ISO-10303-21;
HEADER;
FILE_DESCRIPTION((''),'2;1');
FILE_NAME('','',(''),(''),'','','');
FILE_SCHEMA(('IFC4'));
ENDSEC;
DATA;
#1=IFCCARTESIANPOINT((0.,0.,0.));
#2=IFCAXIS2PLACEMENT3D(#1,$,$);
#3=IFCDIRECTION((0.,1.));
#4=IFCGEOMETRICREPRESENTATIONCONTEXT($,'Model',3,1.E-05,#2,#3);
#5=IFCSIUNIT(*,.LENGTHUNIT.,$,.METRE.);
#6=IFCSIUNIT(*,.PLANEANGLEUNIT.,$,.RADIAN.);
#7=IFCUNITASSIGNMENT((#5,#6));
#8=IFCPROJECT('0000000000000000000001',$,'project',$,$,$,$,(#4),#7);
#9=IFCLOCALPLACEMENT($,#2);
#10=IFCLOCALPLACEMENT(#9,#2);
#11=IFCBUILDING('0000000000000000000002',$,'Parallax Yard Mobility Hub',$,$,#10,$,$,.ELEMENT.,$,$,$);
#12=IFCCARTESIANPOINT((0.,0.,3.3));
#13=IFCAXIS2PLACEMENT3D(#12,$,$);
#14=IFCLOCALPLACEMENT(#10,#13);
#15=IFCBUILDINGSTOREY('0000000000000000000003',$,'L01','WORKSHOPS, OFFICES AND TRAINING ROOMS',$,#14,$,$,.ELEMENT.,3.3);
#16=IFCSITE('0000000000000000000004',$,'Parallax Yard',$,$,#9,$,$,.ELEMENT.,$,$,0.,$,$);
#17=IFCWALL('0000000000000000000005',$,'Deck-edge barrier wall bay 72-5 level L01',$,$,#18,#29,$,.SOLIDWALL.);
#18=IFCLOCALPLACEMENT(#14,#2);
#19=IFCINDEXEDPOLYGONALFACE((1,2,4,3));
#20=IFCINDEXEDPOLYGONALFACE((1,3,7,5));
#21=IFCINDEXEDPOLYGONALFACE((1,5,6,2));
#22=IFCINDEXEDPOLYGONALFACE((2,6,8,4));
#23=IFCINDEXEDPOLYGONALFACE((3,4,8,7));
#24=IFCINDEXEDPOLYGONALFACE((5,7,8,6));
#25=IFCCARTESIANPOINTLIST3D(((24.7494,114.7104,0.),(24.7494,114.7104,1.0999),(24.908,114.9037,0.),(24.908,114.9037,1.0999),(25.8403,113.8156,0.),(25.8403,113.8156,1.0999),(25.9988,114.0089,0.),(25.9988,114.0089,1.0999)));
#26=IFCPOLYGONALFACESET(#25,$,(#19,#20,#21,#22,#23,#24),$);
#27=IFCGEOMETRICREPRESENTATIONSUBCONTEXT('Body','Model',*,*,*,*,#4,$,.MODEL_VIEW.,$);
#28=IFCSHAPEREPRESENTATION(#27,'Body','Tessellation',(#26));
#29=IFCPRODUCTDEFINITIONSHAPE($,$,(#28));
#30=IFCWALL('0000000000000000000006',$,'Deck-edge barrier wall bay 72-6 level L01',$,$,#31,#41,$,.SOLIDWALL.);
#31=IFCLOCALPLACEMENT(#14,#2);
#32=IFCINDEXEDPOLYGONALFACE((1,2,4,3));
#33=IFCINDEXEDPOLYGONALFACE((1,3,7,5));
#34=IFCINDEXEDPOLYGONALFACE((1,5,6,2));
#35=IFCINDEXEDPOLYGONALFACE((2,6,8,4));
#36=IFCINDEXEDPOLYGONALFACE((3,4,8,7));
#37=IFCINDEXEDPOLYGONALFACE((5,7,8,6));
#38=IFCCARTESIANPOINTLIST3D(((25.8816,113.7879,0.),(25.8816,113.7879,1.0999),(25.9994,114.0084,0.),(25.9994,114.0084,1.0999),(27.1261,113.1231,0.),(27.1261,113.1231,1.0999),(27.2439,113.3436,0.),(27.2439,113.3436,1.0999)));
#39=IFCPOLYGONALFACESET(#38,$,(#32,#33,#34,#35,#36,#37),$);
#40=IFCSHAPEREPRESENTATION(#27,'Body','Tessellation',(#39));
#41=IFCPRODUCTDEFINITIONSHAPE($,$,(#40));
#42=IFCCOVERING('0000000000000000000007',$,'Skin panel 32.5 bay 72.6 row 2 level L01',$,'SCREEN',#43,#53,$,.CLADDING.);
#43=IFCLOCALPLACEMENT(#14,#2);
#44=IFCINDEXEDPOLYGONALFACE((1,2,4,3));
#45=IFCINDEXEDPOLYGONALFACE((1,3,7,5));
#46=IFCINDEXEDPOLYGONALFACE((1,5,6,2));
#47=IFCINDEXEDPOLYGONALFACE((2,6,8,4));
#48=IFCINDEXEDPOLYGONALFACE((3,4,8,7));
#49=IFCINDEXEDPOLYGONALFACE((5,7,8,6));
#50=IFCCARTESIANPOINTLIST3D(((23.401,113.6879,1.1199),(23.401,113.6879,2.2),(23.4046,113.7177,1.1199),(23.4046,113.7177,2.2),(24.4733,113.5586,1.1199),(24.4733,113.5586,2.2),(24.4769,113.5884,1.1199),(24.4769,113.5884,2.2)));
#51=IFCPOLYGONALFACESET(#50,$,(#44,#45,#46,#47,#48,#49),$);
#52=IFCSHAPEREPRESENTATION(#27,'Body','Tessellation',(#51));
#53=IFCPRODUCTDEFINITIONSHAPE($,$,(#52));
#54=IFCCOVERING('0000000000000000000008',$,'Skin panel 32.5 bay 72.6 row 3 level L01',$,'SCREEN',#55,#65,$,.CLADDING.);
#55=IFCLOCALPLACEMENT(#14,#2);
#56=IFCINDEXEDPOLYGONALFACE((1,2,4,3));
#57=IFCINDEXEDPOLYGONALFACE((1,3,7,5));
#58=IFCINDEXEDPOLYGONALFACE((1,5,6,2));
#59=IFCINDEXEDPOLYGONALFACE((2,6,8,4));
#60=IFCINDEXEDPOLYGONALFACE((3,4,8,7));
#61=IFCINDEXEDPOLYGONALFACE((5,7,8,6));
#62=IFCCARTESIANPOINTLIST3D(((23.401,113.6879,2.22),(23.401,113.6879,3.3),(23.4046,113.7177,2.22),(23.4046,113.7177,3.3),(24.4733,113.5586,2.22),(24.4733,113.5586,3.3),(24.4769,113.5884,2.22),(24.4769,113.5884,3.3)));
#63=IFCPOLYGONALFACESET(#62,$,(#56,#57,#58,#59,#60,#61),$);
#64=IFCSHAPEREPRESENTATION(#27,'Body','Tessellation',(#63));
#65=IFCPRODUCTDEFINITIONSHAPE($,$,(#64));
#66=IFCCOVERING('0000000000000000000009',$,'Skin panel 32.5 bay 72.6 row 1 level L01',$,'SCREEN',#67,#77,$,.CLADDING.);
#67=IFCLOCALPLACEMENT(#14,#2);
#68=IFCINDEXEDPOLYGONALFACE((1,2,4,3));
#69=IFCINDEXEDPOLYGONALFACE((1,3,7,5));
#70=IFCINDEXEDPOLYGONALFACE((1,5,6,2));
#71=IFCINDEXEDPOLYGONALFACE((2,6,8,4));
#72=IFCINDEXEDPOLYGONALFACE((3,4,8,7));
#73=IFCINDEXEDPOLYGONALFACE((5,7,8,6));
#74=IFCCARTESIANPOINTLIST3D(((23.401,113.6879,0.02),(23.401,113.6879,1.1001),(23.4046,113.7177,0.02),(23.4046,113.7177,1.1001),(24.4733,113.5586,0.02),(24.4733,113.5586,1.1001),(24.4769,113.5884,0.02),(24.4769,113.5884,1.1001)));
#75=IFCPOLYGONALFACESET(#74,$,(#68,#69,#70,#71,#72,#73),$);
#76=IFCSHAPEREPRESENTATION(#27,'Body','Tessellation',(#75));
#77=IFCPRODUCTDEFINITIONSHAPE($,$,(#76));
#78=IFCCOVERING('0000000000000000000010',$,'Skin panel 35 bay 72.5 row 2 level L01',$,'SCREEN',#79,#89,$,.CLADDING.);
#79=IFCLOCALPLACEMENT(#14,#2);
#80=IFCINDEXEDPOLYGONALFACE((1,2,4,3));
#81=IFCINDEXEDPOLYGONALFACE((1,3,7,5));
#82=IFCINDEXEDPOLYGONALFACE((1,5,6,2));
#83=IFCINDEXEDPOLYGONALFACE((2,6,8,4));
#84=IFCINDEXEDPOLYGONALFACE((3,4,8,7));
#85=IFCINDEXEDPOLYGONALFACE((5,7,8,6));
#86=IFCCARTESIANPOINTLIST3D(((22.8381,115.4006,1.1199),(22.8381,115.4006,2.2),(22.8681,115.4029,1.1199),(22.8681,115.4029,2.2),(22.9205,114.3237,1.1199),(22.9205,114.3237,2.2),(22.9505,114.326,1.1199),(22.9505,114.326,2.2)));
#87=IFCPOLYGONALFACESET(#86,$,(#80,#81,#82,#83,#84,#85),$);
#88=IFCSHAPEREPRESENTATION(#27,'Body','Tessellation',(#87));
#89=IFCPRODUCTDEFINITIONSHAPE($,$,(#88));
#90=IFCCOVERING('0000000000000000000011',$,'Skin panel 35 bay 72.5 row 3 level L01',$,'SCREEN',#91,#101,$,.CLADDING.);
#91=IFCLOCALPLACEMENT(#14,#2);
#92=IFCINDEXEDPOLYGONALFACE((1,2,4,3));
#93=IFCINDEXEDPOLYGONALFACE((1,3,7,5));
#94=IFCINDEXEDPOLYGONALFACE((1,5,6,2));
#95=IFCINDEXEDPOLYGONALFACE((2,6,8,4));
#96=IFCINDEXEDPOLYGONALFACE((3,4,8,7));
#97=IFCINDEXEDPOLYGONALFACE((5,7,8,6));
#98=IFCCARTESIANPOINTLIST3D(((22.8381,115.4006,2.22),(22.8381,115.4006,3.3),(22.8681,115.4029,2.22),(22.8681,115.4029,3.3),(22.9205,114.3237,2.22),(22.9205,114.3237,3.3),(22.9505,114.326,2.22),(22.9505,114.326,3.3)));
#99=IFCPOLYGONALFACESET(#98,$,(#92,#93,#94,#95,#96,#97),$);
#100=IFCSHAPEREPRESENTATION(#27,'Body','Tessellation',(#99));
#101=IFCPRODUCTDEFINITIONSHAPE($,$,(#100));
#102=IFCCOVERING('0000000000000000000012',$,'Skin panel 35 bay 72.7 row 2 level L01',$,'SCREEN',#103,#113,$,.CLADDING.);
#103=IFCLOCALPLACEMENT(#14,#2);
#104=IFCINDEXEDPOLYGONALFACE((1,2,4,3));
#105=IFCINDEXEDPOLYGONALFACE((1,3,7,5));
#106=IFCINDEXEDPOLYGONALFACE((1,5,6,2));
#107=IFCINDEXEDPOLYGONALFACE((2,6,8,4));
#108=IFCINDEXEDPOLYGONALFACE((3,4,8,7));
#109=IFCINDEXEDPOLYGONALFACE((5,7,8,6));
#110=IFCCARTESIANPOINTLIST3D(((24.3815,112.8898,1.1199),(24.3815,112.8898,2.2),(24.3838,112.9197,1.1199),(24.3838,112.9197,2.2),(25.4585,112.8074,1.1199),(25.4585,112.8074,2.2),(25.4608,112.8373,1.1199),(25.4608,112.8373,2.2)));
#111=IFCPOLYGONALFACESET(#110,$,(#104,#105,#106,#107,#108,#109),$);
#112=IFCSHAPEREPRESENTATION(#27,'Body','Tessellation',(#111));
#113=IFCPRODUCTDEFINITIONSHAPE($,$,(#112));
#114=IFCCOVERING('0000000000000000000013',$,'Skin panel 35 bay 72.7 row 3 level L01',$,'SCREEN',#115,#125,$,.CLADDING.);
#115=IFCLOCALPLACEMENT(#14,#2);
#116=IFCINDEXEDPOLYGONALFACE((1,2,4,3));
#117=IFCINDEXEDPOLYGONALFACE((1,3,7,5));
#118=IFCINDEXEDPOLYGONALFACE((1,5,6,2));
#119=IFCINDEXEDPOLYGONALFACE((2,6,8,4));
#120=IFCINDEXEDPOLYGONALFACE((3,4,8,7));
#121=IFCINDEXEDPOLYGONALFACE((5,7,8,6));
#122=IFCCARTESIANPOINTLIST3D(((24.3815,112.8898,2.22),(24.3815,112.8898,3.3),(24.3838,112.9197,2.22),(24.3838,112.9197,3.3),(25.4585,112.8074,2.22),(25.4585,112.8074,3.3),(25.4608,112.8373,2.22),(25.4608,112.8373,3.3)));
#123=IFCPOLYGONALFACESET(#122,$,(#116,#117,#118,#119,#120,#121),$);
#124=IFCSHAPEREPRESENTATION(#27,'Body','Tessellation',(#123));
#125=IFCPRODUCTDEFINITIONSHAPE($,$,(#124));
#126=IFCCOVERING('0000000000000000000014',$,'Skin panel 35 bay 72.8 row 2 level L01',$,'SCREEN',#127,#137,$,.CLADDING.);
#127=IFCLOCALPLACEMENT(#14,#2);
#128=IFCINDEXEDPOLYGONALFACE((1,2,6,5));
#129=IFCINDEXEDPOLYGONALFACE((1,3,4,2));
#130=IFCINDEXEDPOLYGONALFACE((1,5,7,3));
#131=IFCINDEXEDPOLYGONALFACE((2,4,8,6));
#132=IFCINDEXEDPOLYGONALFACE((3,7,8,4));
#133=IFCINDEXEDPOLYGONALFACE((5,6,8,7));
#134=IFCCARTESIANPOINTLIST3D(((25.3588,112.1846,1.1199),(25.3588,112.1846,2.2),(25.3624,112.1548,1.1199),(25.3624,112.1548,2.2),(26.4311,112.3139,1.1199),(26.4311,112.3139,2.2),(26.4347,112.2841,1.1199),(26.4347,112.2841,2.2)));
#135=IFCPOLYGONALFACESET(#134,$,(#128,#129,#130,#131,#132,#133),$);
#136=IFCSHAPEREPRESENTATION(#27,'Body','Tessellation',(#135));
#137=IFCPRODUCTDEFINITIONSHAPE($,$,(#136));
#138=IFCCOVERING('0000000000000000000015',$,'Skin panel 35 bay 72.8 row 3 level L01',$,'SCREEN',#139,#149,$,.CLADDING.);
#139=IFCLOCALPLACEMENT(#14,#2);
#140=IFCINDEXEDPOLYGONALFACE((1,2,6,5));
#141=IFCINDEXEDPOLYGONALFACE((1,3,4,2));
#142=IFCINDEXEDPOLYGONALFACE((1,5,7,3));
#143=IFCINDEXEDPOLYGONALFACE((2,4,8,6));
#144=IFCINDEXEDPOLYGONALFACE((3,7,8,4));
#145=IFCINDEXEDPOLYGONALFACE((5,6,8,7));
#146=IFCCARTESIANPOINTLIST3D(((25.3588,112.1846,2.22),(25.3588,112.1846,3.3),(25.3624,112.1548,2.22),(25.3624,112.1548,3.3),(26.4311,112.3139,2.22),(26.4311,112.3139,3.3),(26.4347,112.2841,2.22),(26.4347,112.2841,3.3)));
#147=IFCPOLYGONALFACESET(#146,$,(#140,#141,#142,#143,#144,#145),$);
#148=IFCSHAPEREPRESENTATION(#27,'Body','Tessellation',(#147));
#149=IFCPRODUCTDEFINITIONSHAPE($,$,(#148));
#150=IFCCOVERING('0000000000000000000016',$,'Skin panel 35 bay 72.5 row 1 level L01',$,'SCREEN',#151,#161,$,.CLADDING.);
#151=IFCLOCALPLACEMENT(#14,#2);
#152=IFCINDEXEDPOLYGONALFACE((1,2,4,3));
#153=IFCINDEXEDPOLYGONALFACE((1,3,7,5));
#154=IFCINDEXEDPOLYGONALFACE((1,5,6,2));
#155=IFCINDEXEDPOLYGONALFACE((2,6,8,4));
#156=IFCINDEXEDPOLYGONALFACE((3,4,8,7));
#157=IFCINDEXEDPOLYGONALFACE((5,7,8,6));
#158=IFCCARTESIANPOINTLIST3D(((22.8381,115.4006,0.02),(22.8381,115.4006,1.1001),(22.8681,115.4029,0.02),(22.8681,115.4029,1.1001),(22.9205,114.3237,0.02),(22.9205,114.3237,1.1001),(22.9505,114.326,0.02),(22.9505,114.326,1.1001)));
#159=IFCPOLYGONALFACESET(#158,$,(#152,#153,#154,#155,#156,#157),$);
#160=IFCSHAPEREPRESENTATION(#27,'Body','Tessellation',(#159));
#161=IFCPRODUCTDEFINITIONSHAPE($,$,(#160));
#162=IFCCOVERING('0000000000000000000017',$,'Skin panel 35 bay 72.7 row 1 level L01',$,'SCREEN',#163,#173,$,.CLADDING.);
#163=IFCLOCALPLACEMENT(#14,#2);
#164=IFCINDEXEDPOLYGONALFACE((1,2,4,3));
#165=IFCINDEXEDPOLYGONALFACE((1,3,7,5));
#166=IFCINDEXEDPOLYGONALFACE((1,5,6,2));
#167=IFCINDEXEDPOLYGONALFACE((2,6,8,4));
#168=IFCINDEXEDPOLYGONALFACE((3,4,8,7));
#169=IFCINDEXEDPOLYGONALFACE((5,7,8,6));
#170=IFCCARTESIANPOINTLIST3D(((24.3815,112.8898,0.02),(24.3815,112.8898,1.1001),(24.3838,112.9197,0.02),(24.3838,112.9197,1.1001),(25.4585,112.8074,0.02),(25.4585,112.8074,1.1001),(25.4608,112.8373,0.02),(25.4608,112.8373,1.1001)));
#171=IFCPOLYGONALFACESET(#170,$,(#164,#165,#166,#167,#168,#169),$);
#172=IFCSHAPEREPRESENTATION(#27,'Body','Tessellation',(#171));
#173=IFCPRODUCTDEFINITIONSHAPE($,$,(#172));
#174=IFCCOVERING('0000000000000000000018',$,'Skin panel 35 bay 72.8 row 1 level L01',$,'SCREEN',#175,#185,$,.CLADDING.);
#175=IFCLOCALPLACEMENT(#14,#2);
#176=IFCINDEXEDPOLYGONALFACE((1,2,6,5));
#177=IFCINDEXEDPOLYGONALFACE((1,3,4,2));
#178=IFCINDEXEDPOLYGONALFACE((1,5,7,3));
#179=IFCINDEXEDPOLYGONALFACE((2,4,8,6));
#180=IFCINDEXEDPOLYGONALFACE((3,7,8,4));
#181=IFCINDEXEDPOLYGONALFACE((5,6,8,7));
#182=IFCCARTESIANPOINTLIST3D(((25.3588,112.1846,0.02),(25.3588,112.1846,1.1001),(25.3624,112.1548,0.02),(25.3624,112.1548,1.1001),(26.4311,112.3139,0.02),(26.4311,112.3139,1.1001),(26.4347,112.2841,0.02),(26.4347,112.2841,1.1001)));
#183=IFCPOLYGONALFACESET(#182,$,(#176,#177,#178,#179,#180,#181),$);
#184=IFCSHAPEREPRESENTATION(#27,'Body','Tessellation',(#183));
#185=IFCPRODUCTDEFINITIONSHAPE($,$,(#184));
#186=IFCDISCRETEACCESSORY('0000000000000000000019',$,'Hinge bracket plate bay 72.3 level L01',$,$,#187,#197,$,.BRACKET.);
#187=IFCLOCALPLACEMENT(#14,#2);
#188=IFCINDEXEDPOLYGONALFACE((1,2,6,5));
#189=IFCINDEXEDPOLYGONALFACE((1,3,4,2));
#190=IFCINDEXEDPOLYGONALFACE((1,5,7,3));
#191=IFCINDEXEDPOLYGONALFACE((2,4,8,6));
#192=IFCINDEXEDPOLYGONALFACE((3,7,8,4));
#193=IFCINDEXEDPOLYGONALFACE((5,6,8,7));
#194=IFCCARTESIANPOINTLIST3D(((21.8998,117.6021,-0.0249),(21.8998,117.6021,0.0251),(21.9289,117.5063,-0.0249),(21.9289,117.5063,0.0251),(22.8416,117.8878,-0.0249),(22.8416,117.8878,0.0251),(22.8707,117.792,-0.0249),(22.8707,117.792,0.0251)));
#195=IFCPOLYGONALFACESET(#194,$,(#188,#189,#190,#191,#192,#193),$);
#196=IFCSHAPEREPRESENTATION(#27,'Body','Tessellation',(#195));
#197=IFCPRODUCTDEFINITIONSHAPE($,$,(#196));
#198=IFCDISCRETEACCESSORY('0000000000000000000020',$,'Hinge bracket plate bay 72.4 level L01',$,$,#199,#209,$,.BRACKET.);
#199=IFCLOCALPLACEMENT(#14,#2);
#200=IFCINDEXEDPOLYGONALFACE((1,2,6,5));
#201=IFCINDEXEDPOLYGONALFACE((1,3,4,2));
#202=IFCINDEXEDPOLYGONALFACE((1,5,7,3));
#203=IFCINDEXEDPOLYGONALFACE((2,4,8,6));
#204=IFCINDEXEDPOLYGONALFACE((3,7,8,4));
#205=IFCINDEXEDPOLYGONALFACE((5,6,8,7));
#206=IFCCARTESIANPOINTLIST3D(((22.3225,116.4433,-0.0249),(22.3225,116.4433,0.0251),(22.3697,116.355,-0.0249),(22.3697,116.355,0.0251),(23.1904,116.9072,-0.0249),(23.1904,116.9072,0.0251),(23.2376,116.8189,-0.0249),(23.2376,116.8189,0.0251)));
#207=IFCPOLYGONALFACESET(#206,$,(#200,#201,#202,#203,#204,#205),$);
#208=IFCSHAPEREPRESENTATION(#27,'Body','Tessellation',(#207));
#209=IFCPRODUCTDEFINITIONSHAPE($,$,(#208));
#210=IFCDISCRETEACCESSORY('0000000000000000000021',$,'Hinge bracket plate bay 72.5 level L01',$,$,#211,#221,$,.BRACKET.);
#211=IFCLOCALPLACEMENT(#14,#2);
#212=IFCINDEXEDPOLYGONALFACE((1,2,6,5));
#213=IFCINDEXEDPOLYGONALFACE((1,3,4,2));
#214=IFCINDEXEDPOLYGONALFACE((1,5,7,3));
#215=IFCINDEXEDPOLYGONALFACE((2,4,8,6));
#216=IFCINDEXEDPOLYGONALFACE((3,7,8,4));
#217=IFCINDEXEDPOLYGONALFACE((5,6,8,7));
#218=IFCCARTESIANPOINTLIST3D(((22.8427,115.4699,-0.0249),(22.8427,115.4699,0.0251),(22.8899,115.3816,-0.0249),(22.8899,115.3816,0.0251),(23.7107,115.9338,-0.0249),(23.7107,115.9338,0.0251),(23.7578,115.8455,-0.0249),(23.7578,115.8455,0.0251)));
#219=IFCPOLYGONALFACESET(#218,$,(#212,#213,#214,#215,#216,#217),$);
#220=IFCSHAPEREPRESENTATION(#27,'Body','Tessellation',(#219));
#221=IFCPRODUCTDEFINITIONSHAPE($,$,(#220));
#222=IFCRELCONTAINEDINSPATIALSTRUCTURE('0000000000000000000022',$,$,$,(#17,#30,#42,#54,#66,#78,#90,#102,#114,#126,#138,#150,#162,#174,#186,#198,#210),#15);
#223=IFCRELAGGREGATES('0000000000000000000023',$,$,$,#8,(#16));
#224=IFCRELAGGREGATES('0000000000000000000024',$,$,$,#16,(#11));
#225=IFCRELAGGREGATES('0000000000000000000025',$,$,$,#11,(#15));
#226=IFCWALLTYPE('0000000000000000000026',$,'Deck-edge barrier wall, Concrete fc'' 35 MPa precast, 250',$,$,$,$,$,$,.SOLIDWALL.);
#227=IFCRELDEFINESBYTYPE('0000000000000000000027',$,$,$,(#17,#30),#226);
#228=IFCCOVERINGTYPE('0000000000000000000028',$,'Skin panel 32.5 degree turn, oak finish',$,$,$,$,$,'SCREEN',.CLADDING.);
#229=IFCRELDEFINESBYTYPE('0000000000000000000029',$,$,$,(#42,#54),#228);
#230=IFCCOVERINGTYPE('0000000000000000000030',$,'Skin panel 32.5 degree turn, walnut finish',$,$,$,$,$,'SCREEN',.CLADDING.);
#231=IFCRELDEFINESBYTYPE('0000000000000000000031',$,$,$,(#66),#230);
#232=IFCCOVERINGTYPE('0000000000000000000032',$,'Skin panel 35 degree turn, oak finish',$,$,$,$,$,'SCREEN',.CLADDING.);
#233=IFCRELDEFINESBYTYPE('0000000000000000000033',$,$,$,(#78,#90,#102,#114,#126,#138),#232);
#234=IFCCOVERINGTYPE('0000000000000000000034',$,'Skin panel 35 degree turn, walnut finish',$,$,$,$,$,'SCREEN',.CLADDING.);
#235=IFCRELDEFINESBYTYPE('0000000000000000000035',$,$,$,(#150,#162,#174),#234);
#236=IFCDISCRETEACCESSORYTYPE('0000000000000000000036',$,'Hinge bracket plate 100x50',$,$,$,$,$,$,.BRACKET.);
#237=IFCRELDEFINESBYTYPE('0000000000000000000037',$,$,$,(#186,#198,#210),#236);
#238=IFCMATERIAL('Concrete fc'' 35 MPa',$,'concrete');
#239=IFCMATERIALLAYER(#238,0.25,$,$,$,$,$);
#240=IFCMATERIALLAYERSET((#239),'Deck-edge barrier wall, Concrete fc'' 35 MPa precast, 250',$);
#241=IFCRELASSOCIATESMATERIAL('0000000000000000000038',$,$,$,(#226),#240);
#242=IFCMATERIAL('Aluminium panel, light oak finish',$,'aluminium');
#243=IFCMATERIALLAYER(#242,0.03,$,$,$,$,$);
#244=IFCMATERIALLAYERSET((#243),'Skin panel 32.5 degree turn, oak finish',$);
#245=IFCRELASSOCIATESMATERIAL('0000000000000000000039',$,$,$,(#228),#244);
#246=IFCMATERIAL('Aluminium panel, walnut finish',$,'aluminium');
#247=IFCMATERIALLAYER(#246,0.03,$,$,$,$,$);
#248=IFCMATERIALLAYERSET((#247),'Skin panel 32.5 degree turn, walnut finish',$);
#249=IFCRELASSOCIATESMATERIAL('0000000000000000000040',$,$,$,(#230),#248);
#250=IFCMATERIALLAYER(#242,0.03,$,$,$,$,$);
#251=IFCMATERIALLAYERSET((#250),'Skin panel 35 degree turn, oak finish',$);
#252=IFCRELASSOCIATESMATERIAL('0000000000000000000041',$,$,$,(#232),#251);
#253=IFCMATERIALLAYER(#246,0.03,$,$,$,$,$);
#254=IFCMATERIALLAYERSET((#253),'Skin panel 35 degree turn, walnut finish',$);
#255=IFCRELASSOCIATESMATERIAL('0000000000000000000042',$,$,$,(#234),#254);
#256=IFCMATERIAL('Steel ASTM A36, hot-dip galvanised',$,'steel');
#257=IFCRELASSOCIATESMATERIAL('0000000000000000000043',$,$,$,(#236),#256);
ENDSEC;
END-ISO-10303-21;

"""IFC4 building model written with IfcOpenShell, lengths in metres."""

from ifc_helpers import new_model, si_unit, direction, frame, frame_2d, origin, origin_2d, place, context, subcontext, project, spatial, rectangle, extrude, material, layer, layer_set, type_object, element, save


model = new_model("IFC4")

# Units and contexts
model_context = context("Model", 3, precision=1e-05, world=origin(), true_north=direction((0.0, 1.0)))
body_context = subcontext(model_context, "Body", "Model", "MODEL_VIEW")
ifc_project = project(units=[si_unit("LENGTHUNIT", "METRE"), si_unit("PLANEANGLEUNIT", "RADIAN")], contexts=[model_context])

# Site, building, storey
site_placement = place(None, origin())
site = spatial("IfcSite", under=ifc_project, at=site_placement, Name="Parallax Yard", CompositionType="ELEMENT", RefElevation=0.0)
building_placement = place(site_placement, origin())
building = spatial("IfcBuilding", under=site, at=building_placement, Name="Parallax Yard Mobility Hub", CompositionType="ELEMENT")
storey_placement = place(building_placement, frame((0.0, 0.0, 3.3)))
storey = spatial("IfcBuildingStorey", under=building, at=storey_placement, Name="L01", Description="WORKSHOPS, OFFICES AND TRAINING ROOMS", CompositionType="ELEMENT", Elevation=3.3)

# Walls
ifc_material_1 = material(Name="Concrete fc' 35 MPa", Category="concrete")
ifc_layer_1 = layer(ifc_material_1, 0.25)
ifc_layer_set_1 = layer_set([ifc_layer_1], Name="Deck-edge barrier wall, Concrete fc' 35 MPa precast, 250")
wall_type = type_object("IfcWallType", Name="Deck-edge barrier wall, Concrete fc' 35 MPa precast, 250", PredefinedType="SOLIDWALL", material=ifc_layer_set_1)
for number, where, z_axis, x_axis, name in (
    (1, (24.8286, 114.8071, 0.0), (0.0, 0.0, 1.0), (0.773163, -0.634208, 0.0), "Deck-edge barrier wall bay 72-5 level L01"),
    (2, (25.9404, 113.8982, 0.0), (0.0, 0.0, 1.0), (0.882022, -0.471208, 0.0), "Deck-edge barrier wall bay 72-6 level L01"),
):
    element("IfcWall", number, at=place(storey_placement, frame(where, z_axis=z_axis, x_axis=x_axis)), inside=storey, type_object=wall_type, Name=name, PredefinedType="SOLIDWALL", context=body_context, shape_type="SweptSolid", body=[
        extrude(rectangle(XDim=1.4109, YDim=0.25, at=frame_2d((0.7056, 0.0))), origin(), (0.0, 0.0, 1.0), 1.0999),
    ])

# Coverings
ifc_material_2 = material(Name="Aluminium panel, light oak finish", Category="aluminium")
ifc_layer_2 = layer(ifc_material_2, 0.03)
ifc_layer_set_2 = layer_set([ifc_layer_2], Name="Skin panel 32.5 degree turn, oak finish")
covering_type_1 = type_object("IfcCoveringType", Name="Skin panel 32.5 degree turn, oak finish", ElementType="SCREEN", PredefinedType="CLADDING", material=ifc_layer_set_2)
for number, where, z_axis, x_axis, name in (
    (3, (23.939, 113.6382, 1.1199), (0.0, 0.0, 1.0), (-0.99281, 0.119704, 0.0), "Skin panel 32.5 bay 72.6 row 2 level L01"),
    (4, (23.939, 113.6382, 2.22), (0.0, 0.0, 1.0), (-0.99281, 0.119704, 0.0), "Skin panel 32.5 bay 72.6 row 3 level L01"),
):
    element("IfcCovering", number, at=place(storey_placement, frame(where, z_axis=z_axis, x_axis=x_axis)), inside=storey, type_object=covering_type_1, Name=name, ObjectType="SCREEN", PredefinedType="CLADDING", context=body_context, shape_type="SweptSolid", body=[
        extrude(rectangle(XDim=1.0801, YDim=0.03, at=origin_2d()), origin(), (0.0, 0.0, 1.0), 1.0801),
    ])
ifc_material_3 = material(Name="Aluminium panel, walnut finish", Category="aluminium")
ifc_layer_3 = layer(ifc_material_3, 0.03)
ifc_layer_set_3 = layer_set([ifc_layer_3], Name="Skin panel 32.5 degree turn, walnut finish")
covering_type_2 = type_object("IfcCoveringType", Name="Skin panel 32.5 degree turn, walnut finish", ElementType="SCREEN", PredefinedType="CLADDING", material=ifc_layer_set_3)
covering_placement = place(storey_placement, frame((23.939, 113.6382, 0.02), z_axis=(0.0, 0.0, 1.0), x_axis=(-0.99281, 0.119704, 0.0)))
element("IfcCovering", 5, at=covering_placement, inside=storey, type_object=covering_type_2, Name="Skin panel 32.5 bay 72.6 row 1 level L01", ObjectType="SCREEN", PredefinedType="CLADDING", context=body_context, shape_type="SweptSolid", body=[
    extrude(rectangle(XDim=1.0801, YDim=0.03, at=origin_2d()), origin(), (0.0, 0.0, 1.0), 1.0801),
])
ifc_layer_4 = layer(ifc_material_2, 0.03)
ifc_layer_set_4 = layer_set([ifc_layer_4], Name="Skin panel 35 degree turn, oak finish")
covering_type_3 = type_object("IfcCoveringType", Name="Skin panel 35 degree turn, oak finish", ElementType="SCREEN", PredefinedType="CLADDING", material=ifc_layer_set_4)
for number, where, z_axis, x_axis, name in (
    (6, (22.8943, 114.8633, 1.1199), (0.0, 0.0, 1.0), (0.076284, -0.997086, 0.0), "Skin panel 35 bay 72.5 row 2 level L01"),
    (7, (22.8943, 114.8633, 2.22), (0.0, 0.0, 1.0), (0.076284, -0.997086, 0.0), "Skin panel 35 bay 72.5 row 3 level L01"),
    (8, (24.9211, 112.8635, 1.1199), (0.0, 0.0, 1.0), (-0.997086, 0.076284, 0.0), "Skin panel 35 bay 72.7 row 2 level L01"),
    (9, (24.9211, 112.8635, 2.22), (0.0, 0.0, 1.0), (-0.997086, 0.076284, 0.0), "Skin panel 35 bay 72.7 row 3 level L01"),
    (10, (25.8967, 112.2344, 1.1199), (0.0, 0.0, 1.0), (-0.99281, -0.119704, 0.0), "Skin panel 35 bay 72.8 row 2 level L01"),
    (11, (25.8967, 112.2344, 2.22), (0.0, 0.0, 1.0), (-0.99281, -0.119704, 0.0), "Skin panel 35 bay 72.8 row 3 level L01"),
):
    element("IfcCovering", number, at=place(storey_placement, frame(where, z_axis=z_axis, x_axis=x_axis)), inside=storey, type_object=covering_type_3, Name=name, ObjectType="SCREEN", PredefinedType="CLADDING", context=body_context, shape_type="SweptSolid", body=[
        extrude(rectangle(XDim=1.0801, YDim=0.03, at=origin_2d()), origin(), (0.0, 0.0, 1.0), 1.0801),
    ])
ifc_layer_5 = layer(ifc_material_3, 0.03)
ifc_layer_set_5 = layer_set([ifc_layer_5], Name="Skin panel 35 degree turn, walnut finish")
covering_type_4 = type_object("IfcCoveringType", Name="Skin panel 35 degree turn, walnut finish", ElementType="SCREEN", PredefinedType="CLADDING", material=ifc_layer_set_5)
for number, where, z_axis, x_axis, name in (
    (12, (22.8943, 114.8633, 0.02), (0.0, 0.0, 1.0), (0.076284, -0.997086, 0.0), "Skin panel 35 bay 72.5 row 1 level L01"),
    (13, (24.9211, 112.8635, 0.02), (0.0, 0.0, 1.0), (-0.997086, 0.076284, 0.0), "Skin panel 35 bay 72.7 row 1 level L01"),
    (14, (25.8967, 112.2344, 0.02), (0.0, 0.0, 1.0), (-0.99281, -0.119704, 0.0), "Skin panel 35 bay 72.8 row 1 level L01"),
):
    element("IfcCovering", number, at=place(storey_placement, frame(where, z_axis=z_axis, x_axis=x_axis)), inside=storey, type_object=covering_type_4, Name=name, ObjectType="SCREEN", PredefinedType="CLADDING", context=body_context, shape_type="SweptSolid", body=[
        extrude(rectangle(XDim=1.0801, YDim=0.03, at=origin_2d()), origin(), (0.0, 0.0, 1.0), 1.0801),
    ])

# Discrete accessories
ifc_material_4 = material(Name="Steel ASTM A36, hot-dip galvanised", Category="steel")
discrete_accessory_type_1 = type_object("IfcDiscreteAccessoryType", Name="Hinge bracket plate 100x50", PredefinedType="BRACKET", material=ifc_material_4)
for number, where, z_axis, x_axis, name in (
    (15, (22.3853, 117.697, -0.0249), (0.0, 0.0, 1.0), (-0.95694, -0.290285, 0.0), "Hinge bracket plate bay 72.3 level L01"),
    (16, (22.78, 116.6311, -0.0249), (0.0, 0.0, 1.0), (-0.881921, -0.471397, 0.0), "Hinge bracket plate bay 72.4 level L01"),
    (17, (23.3003, 115.6577, -0.0249), (0.0, 0.0, 1.0), (-0.881921, -0.471397, 0.0), "Hinge bracket plate bay 72.5 level L01"),
):
    element("IfcDiscreteAccessory", number, at=place(storey_placement, frame(where, z_axis=z_axis, x_axis=x_axis)), inside=storey, type_object=discrete_accessory_type_1, Name=name, PredefinedType="BRACKET", context=body_context, shape_type="SweptSolid", body=[
        extrude(rectangle(XDim=0.9841, YDim=0.1001, at=origin_2d()), origin(), (0.0, 0.0, 1.0), 0.05),
    ])

save(model, "model.ifc")
